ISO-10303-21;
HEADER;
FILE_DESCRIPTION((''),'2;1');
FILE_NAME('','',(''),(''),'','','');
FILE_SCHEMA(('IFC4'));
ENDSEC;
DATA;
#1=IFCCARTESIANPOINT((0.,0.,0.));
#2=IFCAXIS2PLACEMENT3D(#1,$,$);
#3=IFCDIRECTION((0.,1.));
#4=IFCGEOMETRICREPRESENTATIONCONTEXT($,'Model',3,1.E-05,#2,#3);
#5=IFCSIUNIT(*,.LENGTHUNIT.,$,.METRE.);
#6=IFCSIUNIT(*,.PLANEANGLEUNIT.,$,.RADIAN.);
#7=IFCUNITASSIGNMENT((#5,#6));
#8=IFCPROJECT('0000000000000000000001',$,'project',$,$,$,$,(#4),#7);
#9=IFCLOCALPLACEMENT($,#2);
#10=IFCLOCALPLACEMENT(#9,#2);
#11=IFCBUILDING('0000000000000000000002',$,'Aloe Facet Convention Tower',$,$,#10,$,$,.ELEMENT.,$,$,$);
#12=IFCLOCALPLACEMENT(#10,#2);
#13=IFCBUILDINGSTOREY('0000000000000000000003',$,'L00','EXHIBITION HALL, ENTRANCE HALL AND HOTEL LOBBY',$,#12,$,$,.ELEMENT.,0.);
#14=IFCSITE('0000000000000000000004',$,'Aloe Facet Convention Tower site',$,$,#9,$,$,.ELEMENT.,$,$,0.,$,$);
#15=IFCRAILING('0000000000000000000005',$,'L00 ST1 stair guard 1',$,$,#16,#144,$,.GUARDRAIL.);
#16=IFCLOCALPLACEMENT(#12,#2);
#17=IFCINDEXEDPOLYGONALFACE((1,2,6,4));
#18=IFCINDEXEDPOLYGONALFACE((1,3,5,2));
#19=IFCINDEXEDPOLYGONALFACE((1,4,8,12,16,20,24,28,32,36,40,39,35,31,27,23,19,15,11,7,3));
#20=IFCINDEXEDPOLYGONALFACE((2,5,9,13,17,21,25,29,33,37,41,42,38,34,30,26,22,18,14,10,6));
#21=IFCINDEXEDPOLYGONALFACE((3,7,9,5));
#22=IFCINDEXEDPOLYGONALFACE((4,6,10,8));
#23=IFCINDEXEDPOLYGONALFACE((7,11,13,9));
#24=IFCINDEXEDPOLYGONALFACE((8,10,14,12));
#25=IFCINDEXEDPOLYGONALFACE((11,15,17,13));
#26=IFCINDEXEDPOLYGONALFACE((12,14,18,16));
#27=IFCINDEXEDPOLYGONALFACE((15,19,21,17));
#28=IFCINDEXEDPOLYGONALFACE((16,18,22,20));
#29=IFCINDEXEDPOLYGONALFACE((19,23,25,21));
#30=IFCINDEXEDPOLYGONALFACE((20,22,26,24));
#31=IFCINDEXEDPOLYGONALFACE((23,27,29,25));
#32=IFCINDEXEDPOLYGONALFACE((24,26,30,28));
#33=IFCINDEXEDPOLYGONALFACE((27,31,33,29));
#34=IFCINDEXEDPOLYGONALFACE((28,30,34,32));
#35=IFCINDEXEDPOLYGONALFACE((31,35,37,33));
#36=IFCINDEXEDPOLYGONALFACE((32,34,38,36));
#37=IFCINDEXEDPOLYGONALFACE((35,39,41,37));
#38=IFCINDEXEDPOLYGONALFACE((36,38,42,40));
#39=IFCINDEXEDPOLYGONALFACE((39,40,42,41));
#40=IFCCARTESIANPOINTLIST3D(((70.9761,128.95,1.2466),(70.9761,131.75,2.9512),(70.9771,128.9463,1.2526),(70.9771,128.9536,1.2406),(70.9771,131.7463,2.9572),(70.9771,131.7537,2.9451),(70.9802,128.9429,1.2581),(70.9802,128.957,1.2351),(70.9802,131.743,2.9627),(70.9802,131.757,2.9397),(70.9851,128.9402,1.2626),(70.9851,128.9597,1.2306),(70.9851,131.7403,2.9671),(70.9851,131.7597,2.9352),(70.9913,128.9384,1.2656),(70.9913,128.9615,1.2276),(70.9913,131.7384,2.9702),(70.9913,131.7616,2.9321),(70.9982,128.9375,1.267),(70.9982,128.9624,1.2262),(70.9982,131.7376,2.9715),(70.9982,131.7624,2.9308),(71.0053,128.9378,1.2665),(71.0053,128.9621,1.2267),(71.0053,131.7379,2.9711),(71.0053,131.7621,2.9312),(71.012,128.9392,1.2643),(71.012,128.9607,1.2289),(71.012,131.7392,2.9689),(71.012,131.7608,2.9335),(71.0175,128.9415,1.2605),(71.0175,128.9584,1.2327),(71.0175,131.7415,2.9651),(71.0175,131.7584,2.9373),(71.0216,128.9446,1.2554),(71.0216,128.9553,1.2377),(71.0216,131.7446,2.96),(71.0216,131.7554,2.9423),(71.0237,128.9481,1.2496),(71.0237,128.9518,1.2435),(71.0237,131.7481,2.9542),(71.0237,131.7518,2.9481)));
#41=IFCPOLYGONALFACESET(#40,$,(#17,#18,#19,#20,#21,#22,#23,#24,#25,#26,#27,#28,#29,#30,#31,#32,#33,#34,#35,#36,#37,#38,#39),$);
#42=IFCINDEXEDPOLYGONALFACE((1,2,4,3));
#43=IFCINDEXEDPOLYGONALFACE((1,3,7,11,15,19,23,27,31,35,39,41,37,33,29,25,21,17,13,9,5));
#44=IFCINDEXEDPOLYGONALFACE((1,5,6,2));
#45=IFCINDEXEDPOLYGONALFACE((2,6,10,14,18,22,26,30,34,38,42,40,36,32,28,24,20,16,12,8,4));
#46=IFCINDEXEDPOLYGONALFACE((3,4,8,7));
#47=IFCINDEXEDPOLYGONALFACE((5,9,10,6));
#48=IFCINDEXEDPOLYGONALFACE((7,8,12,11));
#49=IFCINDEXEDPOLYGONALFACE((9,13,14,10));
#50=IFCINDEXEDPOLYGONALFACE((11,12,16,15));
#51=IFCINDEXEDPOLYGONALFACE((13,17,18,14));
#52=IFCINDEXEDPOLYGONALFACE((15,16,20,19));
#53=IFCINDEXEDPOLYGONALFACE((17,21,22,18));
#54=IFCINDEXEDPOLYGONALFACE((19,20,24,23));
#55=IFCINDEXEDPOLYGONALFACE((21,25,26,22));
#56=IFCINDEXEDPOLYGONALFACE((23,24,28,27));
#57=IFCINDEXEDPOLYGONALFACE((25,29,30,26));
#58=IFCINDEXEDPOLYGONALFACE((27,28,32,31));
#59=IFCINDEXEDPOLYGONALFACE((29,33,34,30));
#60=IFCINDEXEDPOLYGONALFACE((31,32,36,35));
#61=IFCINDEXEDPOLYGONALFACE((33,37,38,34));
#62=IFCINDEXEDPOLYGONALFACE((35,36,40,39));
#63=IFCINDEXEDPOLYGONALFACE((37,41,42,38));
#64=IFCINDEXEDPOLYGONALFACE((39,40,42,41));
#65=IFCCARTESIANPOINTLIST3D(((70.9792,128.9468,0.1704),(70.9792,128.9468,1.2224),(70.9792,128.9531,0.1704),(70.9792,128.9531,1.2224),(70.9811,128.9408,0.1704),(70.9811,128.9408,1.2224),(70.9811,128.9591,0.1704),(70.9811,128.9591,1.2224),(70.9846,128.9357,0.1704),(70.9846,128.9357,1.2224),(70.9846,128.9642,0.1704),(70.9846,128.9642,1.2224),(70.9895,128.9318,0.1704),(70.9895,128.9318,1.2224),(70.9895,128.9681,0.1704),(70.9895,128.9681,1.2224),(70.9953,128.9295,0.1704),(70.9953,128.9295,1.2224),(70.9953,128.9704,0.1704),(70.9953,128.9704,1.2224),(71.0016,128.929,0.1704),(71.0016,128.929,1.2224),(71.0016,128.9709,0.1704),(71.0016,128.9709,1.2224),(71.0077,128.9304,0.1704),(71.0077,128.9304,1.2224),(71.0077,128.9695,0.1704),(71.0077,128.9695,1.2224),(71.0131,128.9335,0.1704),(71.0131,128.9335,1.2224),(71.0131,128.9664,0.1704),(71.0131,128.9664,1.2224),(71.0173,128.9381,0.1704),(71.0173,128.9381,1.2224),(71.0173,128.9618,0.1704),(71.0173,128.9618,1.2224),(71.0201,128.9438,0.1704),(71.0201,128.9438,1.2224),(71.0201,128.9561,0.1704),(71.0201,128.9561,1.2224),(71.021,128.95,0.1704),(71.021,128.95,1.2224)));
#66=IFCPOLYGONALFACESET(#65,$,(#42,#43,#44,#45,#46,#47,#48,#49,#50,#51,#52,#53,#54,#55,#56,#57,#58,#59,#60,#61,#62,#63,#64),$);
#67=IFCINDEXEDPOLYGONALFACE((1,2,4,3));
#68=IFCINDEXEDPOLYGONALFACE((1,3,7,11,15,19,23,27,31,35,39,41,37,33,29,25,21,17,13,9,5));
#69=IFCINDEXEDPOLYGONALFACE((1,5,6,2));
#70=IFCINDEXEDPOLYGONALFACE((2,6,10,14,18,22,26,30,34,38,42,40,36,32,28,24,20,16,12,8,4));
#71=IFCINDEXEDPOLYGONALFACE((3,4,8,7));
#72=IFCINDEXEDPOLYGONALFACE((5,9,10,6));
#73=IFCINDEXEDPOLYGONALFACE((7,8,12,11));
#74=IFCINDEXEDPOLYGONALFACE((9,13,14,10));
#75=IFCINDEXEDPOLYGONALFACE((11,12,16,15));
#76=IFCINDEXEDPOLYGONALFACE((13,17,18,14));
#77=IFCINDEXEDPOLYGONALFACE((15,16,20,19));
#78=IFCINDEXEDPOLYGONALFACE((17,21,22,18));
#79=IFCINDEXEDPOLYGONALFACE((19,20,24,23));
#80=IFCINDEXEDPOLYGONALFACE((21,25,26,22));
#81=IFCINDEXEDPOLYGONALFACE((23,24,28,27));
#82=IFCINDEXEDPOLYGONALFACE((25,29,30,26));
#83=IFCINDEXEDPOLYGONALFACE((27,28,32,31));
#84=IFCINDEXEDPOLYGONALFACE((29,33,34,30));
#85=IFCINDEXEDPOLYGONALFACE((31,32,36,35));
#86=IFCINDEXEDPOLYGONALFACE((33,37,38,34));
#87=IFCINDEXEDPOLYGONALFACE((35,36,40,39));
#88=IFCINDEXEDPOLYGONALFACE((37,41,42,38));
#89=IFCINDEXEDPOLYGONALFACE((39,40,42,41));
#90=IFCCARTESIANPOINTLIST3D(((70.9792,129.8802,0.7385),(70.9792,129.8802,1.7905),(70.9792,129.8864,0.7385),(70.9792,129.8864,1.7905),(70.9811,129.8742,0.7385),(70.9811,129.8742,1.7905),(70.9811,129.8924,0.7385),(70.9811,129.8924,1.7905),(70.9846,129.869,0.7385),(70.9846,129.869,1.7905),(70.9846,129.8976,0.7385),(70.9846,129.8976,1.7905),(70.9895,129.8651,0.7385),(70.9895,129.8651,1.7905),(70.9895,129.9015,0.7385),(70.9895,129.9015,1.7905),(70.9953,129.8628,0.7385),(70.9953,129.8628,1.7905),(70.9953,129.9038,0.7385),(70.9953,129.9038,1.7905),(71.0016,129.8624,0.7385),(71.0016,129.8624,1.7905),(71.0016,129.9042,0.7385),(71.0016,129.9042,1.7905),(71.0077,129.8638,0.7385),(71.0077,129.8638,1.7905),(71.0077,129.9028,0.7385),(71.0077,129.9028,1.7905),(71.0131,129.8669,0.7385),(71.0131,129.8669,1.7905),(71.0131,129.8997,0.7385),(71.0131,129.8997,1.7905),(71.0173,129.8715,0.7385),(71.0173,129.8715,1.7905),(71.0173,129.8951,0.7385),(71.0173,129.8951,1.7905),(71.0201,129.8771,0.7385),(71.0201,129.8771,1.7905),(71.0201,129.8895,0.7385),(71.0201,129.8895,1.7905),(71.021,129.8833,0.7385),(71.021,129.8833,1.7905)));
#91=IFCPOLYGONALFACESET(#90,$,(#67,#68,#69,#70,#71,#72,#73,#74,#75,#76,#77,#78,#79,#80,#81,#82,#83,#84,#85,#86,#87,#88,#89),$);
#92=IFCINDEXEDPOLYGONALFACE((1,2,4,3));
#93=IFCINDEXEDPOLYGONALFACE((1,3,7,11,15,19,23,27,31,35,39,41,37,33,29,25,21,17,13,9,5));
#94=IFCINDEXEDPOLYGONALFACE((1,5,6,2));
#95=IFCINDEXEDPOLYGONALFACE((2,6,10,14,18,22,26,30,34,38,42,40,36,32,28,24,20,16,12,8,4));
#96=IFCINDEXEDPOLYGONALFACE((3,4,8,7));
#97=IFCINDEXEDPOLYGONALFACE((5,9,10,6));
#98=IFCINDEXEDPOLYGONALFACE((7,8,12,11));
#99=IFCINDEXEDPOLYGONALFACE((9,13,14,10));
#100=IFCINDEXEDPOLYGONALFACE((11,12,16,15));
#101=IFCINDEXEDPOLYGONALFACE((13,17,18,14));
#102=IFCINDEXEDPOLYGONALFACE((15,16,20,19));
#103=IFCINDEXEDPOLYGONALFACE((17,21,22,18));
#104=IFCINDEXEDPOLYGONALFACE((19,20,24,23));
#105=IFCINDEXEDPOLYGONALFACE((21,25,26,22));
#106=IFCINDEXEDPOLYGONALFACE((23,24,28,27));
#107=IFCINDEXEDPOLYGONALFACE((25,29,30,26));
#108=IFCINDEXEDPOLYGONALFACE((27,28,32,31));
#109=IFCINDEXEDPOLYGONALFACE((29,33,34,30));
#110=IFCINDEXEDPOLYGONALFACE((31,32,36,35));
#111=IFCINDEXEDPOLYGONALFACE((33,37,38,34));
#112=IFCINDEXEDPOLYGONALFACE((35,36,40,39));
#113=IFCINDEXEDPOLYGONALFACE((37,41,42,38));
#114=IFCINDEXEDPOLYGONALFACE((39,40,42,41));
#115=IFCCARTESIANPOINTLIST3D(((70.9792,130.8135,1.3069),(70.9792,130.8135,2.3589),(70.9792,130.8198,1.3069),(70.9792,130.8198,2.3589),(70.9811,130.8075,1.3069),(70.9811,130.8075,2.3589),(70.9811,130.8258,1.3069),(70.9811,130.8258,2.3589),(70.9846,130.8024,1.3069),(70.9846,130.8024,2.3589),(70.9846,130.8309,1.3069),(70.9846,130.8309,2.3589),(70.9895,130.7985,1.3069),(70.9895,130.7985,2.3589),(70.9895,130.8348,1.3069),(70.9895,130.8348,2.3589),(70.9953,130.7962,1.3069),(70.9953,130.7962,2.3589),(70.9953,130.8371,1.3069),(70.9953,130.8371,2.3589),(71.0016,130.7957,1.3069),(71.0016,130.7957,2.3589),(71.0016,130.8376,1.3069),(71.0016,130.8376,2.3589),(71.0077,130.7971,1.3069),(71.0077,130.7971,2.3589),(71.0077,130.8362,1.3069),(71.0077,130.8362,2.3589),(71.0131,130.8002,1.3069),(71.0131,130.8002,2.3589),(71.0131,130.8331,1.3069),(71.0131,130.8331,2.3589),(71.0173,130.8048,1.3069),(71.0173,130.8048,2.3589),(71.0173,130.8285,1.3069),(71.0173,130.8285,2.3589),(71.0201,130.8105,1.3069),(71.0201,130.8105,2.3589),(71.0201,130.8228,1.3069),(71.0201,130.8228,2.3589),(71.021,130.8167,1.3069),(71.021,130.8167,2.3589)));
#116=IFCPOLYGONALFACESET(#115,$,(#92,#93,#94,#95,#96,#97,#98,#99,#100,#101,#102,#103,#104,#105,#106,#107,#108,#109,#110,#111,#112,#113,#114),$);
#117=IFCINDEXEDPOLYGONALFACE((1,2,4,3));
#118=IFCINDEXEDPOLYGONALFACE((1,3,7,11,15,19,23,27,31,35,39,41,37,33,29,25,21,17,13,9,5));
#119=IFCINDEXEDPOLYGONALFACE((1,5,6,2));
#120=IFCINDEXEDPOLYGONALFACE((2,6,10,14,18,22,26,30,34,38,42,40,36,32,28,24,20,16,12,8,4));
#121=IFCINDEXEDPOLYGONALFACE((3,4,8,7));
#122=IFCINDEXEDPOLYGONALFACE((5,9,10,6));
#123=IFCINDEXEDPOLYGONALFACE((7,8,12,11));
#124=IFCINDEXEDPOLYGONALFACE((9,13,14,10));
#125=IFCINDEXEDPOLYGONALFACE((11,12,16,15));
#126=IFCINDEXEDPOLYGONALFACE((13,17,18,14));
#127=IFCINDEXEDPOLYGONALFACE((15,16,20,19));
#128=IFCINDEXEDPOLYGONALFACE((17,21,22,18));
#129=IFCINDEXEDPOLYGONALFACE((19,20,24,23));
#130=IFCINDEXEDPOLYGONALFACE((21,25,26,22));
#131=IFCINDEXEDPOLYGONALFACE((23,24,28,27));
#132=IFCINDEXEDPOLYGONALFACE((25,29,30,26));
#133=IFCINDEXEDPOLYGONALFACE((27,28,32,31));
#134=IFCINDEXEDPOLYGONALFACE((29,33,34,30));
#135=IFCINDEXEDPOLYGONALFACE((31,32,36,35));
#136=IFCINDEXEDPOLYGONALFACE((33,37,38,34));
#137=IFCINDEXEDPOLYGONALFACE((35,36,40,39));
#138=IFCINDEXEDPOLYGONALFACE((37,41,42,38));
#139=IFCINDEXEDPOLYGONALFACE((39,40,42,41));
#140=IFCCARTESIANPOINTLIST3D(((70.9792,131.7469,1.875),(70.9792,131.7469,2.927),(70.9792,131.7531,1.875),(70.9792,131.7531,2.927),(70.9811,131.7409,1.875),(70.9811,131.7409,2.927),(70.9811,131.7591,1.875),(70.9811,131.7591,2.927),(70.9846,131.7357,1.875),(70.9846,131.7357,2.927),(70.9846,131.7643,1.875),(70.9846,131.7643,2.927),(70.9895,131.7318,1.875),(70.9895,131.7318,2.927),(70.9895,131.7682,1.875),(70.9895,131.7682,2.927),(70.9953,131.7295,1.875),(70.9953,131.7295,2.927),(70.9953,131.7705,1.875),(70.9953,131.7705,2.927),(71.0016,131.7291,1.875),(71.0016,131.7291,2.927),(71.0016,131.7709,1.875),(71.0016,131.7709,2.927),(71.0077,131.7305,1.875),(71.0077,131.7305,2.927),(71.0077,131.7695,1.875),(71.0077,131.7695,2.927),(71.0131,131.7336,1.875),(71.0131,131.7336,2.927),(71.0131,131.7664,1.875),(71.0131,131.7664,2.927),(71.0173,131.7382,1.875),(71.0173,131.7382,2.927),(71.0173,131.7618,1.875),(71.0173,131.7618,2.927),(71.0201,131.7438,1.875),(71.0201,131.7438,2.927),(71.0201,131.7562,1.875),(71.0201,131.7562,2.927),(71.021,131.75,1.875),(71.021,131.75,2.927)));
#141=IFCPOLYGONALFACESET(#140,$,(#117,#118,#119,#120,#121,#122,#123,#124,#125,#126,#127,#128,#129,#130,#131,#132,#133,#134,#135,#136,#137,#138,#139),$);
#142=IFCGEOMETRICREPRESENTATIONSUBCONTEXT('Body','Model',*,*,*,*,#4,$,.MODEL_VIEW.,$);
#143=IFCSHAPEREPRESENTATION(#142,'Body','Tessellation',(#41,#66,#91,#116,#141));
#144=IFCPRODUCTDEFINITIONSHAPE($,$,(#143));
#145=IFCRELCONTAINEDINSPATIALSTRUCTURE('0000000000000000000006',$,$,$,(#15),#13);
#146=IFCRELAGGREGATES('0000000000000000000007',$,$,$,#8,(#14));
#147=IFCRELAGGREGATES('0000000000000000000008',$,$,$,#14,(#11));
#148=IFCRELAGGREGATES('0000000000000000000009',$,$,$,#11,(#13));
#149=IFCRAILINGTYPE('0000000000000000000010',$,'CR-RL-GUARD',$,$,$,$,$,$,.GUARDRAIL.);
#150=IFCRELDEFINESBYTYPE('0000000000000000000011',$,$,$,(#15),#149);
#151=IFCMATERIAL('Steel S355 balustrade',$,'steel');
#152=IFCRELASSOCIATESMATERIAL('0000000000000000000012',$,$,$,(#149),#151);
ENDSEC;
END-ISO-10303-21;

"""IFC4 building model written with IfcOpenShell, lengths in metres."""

from ifc_helpers import new_model, si_unit, direction, frame, origin, origin_2d, place, context, subcontext, project, spatial, circle, extrude, material, type_object, element, save


model = new_model("IFC4")

# Units and contexts
model_context = context("Model", 3, precision=1e-05, world=origin(), true_north=direction((0.0, 1.0)))
body_context = subcontext(model_context, "Body", "Model", "MODEL_VIEW")
ifc_project = project(units=[si_unit("LENGTHUNIT", "METRE"), si_unit("PLANEANGLEUNIT", "RADIAN")], contexts=[model_context])

# Site, building, storey
site_placement = place(None, origin())
site = spatial("IfcSite", under=ifc_project, at=site_placement, Name="Aloe Facet Convention Tower site", CompositionType="ELEMENT", RefElevation=0.0)
building_placement = place(site_placement, origin())
building = spatial("IfcBuilding", under=site, at=building_placement, Name="Aloe Facet Convention Tower", CompositionType="ELEMENT")
storey_placement = place(building_placement, origin())
storey = spatial("IfcBuildingStorey", under=building, at=storey_placement, Name="L00", Description="EXHIBITION HALL, ENTRANCE HALL AND HOTEL LOBBY", CompositionType="ELEMENT", Elevation=0.0)

# Railing
ifc_material_1 = material(Name="Steel S355 balustrade", Category="steel")
railing_type = type_object("IfcRailingType", Name="CR-RL-GUARD", PredefinedType="GUARDRAIL", material=ifc_material_1)
railing_1_placement = place(storey_placement, frame((71.0, 128.95, 0.1704)))
element("IfcRailing", 1, at=railing_1_placement, inside=storey, type_object=railing_type, Name="L00 ST1 stair guard 1", PredefinedType="GUARDRAIL", context=body_context, shape_type="SweptSolid", body=[
    extrude(circle(Radius=0.0239, at=origin_2d()), frame((0.0, 0.0, 1.0762), z_axis=(0.0, 0.85417, 0.519994), x_axis=(-1.0, 0.0, 0.0)), (0.0, 0.0, 1.0), 3.2781),
    extrude(circle(Radius=0.021, at=origin_2d()), origin(), (0.0, 0.0, 1.0), 1.052),
    extrude(circle(Radius=0.021, at=origin_2d()), frame((0.0, 0.9333, 0.5681)), (0.0, 0.0, 1.0), 1.052),
    extrude(circle(Radius=0.021, at=origin_2d()), frame((0.0, 1.8667, 1.1365)), (0.0, 0.0, 1.0), 1.052),
    extrude(circle(Radius=0.021, at=origin_2d()), frame((0.0, 2.8, 1.7046)), (0.0, 0.0, 1.0), 1.052),
])

save(model, "model.ifc")
